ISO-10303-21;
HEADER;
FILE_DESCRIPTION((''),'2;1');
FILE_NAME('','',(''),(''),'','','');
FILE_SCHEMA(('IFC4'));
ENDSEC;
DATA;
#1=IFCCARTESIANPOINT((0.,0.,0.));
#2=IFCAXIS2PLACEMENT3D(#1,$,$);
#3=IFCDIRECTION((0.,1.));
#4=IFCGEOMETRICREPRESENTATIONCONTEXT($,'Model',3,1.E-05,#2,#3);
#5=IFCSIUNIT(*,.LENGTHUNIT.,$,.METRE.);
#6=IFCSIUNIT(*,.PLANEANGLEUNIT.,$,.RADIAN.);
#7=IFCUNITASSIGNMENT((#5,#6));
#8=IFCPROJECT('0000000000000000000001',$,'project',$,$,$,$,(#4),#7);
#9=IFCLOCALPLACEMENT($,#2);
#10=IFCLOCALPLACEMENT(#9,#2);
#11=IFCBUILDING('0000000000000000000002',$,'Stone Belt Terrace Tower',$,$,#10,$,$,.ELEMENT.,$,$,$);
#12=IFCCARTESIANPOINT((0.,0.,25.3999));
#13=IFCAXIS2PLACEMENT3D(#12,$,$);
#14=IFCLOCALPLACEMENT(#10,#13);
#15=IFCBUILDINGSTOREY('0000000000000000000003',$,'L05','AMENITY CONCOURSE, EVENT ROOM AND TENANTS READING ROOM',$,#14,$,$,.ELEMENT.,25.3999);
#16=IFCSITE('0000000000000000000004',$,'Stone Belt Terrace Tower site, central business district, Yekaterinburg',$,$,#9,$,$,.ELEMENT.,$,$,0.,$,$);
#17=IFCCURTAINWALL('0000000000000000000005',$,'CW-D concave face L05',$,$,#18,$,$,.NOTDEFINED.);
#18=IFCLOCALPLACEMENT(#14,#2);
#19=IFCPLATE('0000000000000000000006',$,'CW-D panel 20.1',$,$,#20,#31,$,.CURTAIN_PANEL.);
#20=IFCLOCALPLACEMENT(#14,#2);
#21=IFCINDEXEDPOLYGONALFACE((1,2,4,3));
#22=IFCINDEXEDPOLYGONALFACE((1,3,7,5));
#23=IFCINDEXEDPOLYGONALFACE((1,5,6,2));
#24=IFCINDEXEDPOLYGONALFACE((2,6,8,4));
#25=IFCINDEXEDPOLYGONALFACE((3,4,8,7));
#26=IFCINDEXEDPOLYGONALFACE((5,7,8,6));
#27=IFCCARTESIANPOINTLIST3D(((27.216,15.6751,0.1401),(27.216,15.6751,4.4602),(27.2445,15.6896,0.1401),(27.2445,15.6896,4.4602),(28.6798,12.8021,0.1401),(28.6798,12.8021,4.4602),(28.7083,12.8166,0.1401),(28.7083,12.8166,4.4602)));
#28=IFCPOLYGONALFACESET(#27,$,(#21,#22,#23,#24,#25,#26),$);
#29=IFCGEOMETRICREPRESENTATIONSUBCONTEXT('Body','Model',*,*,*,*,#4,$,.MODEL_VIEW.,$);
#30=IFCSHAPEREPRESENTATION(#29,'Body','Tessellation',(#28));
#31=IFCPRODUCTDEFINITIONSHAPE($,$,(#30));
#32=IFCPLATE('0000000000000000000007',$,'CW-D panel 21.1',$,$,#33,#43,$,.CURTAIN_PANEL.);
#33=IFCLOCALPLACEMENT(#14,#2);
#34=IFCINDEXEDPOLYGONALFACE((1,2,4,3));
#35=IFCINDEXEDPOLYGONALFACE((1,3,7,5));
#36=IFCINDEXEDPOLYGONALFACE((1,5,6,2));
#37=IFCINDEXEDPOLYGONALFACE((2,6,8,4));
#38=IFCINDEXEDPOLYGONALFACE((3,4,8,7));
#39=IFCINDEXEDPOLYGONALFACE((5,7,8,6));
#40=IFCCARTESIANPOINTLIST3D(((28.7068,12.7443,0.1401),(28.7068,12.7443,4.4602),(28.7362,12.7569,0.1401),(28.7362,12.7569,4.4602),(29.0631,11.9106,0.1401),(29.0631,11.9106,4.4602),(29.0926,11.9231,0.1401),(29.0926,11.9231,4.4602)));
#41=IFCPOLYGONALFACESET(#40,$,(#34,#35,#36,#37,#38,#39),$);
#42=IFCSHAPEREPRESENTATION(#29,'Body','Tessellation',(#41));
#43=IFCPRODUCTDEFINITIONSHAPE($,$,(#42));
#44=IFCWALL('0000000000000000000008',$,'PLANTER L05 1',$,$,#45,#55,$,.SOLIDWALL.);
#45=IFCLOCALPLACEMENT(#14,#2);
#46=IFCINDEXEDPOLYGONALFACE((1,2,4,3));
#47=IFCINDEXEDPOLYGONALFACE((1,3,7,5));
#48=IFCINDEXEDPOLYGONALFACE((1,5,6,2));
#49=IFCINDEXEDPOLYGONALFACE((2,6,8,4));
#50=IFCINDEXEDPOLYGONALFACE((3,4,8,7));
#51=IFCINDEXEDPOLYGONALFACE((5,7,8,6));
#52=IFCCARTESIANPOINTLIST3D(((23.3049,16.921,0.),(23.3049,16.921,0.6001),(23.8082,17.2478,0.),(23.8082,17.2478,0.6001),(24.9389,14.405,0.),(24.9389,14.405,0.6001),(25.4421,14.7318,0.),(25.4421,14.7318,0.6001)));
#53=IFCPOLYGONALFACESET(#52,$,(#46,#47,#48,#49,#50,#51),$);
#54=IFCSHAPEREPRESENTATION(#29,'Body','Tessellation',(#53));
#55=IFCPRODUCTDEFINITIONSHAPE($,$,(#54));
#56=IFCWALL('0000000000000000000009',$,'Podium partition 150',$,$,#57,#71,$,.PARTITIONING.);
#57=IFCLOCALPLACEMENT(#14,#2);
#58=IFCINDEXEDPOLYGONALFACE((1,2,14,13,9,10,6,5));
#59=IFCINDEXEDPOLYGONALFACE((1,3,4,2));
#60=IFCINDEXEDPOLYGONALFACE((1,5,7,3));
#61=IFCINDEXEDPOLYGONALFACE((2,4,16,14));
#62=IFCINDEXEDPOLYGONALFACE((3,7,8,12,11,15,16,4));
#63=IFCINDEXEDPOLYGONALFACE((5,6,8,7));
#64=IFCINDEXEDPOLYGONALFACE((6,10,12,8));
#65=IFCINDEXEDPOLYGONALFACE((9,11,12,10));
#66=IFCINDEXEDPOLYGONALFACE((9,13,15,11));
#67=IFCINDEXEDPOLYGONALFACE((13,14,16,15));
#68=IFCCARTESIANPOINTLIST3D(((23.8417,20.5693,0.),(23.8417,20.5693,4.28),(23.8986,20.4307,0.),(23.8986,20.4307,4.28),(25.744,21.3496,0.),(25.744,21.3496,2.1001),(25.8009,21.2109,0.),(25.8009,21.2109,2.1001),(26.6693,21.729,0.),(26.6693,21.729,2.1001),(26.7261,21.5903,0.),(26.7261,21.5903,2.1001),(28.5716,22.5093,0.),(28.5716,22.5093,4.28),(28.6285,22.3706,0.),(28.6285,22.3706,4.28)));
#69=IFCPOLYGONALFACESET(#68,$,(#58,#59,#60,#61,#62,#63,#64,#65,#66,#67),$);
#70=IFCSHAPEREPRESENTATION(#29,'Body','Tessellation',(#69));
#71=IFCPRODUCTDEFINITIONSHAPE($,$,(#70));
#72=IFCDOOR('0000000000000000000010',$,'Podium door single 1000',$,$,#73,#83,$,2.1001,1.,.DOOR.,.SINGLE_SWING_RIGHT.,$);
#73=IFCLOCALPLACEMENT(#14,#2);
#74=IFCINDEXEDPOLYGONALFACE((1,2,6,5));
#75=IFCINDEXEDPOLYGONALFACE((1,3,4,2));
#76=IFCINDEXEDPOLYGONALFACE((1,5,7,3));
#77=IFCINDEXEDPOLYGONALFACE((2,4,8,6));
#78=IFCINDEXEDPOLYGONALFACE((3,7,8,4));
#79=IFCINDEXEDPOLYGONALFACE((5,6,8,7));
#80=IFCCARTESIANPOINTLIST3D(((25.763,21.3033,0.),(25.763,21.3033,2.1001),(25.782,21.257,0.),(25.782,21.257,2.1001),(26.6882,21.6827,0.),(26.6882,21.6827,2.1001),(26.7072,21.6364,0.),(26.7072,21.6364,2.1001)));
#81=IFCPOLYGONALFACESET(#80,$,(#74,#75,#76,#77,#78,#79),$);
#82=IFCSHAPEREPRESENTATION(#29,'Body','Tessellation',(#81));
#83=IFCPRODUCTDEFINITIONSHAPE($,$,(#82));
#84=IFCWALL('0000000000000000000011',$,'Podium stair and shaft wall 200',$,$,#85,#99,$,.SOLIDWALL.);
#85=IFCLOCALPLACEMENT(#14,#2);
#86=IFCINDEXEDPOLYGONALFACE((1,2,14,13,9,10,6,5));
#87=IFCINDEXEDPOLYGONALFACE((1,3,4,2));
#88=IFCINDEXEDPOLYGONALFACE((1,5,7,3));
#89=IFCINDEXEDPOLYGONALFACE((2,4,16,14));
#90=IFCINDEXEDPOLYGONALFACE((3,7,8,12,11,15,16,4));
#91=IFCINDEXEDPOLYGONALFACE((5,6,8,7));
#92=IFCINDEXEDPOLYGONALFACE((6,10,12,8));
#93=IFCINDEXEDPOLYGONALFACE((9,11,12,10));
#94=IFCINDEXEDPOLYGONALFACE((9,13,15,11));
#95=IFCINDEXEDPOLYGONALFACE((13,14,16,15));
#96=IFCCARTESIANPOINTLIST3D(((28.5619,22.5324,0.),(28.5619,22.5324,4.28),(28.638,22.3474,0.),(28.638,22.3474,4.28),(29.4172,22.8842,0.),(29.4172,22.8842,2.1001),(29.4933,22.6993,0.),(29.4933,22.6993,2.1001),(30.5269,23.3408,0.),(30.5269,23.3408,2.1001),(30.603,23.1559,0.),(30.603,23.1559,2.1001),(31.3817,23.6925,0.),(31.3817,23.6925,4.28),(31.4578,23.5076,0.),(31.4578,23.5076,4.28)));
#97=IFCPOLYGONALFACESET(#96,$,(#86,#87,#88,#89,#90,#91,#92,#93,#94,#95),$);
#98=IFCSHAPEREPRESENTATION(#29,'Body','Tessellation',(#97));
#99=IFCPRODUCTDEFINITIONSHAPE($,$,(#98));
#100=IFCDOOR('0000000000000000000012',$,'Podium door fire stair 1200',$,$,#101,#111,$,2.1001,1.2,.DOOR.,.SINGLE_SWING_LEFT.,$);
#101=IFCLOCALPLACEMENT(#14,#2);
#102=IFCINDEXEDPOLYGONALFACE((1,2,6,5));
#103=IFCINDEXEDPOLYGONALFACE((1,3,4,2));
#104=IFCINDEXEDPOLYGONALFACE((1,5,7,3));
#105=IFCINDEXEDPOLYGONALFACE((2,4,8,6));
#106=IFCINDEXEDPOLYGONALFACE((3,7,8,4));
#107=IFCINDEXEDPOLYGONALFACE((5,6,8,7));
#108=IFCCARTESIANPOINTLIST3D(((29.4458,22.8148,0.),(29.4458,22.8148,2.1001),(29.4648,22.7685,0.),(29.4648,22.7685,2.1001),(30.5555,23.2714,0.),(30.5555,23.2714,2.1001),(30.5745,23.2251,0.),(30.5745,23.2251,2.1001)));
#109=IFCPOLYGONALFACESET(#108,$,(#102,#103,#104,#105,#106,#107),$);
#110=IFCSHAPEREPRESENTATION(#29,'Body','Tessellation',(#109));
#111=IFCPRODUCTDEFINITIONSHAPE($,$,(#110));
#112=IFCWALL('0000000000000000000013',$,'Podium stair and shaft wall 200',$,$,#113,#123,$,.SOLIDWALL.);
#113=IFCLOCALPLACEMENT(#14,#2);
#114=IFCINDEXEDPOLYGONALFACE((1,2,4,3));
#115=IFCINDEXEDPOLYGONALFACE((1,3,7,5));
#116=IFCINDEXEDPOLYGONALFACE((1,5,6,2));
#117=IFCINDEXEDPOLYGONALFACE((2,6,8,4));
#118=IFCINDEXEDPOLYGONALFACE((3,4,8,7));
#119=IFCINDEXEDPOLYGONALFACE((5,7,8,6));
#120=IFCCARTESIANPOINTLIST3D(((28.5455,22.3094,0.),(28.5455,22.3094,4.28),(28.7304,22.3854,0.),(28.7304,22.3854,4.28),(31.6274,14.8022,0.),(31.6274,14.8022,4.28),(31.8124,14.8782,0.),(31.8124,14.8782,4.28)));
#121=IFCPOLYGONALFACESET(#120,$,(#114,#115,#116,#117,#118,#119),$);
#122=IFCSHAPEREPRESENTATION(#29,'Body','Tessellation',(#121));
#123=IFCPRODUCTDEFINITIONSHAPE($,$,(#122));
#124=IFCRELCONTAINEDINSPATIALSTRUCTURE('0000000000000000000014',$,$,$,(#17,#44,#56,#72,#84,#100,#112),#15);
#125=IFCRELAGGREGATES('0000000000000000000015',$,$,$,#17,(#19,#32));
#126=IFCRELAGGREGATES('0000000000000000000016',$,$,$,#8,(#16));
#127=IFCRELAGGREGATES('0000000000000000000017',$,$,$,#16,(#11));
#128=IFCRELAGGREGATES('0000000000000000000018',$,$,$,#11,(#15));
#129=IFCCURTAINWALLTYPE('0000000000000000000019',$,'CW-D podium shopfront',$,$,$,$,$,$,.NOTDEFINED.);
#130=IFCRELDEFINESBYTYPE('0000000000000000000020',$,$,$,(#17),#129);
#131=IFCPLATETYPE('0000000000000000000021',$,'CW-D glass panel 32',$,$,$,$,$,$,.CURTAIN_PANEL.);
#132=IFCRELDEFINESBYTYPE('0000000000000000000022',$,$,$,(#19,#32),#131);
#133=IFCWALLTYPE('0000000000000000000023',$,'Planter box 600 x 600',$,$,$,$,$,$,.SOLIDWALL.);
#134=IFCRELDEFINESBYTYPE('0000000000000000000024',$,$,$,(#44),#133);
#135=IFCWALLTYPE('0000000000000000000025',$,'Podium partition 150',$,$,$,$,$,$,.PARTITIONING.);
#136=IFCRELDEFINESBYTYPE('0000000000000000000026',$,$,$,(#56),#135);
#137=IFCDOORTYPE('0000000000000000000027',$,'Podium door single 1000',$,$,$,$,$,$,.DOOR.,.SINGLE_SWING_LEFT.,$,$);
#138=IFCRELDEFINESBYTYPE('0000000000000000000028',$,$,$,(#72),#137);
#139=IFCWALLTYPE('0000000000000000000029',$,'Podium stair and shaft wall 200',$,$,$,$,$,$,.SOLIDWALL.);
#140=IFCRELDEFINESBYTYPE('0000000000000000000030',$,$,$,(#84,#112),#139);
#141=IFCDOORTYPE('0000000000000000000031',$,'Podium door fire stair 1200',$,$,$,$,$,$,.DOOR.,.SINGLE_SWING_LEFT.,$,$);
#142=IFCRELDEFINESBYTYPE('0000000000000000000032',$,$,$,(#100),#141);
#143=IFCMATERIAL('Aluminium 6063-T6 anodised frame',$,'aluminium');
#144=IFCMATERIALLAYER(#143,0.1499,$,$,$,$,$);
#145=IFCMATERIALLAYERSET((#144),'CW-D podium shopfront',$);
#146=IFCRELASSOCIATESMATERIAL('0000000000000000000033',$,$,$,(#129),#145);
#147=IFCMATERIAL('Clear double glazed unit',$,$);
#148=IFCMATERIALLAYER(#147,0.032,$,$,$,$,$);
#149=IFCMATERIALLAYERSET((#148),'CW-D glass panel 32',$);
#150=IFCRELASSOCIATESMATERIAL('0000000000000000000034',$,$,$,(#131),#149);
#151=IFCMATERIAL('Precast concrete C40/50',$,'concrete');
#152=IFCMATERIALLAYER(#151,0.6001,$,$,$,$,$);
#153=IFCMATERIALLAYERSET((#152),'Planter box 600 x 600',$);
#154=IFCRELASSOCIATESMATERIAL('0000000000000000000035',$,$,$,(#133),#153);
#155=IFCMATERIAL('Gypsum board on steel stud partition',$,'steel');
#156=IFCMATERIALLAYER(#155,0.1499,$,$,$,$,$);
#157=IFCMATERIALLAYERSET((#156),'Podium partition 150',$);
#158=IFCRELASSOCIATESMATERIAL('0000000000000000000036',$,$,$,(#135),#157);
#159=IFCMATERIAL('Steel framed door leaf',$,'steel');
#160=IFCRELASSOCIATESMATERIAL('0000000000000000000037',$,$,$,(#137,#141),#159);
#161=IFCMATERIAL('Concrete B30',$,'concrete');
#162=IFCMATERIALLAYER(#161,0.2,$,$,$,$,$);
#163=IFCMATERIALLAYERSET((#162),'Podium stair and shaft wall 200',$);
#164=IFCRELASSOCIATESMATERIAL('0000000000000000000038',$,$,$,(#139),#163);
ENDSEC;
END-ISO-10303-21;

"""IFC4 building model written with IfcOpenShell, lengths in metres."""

from ifc_helpers import new_model, si_unit, direction, frame, frame_2d, origin, origin_2d, place, context, subcontext, project, spatial, rectangle, extrude, material, layer, layer_set, type_object, element, fill, aggregate, save


model = new_model("IFC4")

# Units and contexts
model_context = context("Model", 3, precision=1e-05, world=origin(), true_north=direction((0.0, 1.0)))
body_context = subcontext(model_context, "Body", "Model", "MODEL_VIEW")
ifc_project = project(units=[si_unit("LENGTHUNIT", "METRE"), si_unit("PLANEANGLEUNIT", "RADIAN")], contexts=[model_context])

# Site, building, storey
site_placement = place(None, origin())
site = spatial("IfcSite", under=ifc_project, at=site_placement, Name="Stone Belt Terrace Tower site, central business district, Yekaterinburg", CompositionType="ELEMENT", RefElevation=0.0)
building_placement = place(site_placement, origin())
building = spatial("IfcBuilding", under=site, at=building_placement, Name="Stone Belt Terrace Tower", CompositionType="ELEMENT")
storey_placement = place(building_placement, frame((0.0, 0.0, 25.3999)))
storey = spatial("IfcBuildingStorey", under=building, at=storey_placement, Name="L05", Description="AMENITY CONCOURSE, EVENT ROOM AND TENANTS READING ROOM", CompositionType="ELEMENT", Elevation=25.3999)

# Curtain wall
ifc_material_1 = material(Name="Aluminium 6063-T6 anodised frame", Category="aluminium")
ifc_layer_1 = layer(ifc_material_1, 0.1499)
ifc_layer_set_1 = layer_set([ifc_layer_1], Name="CW-D podium shopfront")
curtain_wall_type = type_object("IfcCurtainWallType", Name="CW-D podium shopfront", PredefinedType="NOTDEFINED", material=ifc_layer_set_1)
curtain_wall_1_placement = place(storey_placement, origin())
curtain_wall_1 = element("IfcCurtainWall", 1, at=curtain_wall_1_placement, inside=storey, type_object=curtain_wall_type, Name="CW-D concave face L05", PredefinedType="NOTDEFINED")

# Plates
ifc_material_2 = material(Name="Clear double glazed unit")
ifc_layer_2 = layer(ifc_material_2, 0.032)
ifc_layer_set_2 = layer_set([ifc_layer_2], Name="CW-D glass panel 32")
plate_type = type_object("IfcPlateType", Name="CW-D glass panel 32", PredefinedType="CURTAIN_PANEL", material=ifc_layer_set_2)
plate_1_placement = place(storey_placement, frame((27.9622, 14.2458, 0.1401), z_axis=(0.0, 0.0, 1.0), x_axis=(0.45399, -0.891007, 0.0)))
plate_1 = element("IfcPlate", 2, at=plate_1_placement, type_object=plate_type, Name="CW-D panel 20.1", PredefinedType="CURTAIN_PANEL", context=body_context, shape_type="SweptSolid", body=[
    extrude(rectangle(XDim=3.2244, YDim=0.032, at=origin_2d()), origin(), (0.0, 0.0, 1.0), 4.3201),
])
plate_2_placement = place(storey_placement, frame((28.8997, 12.3337, 0.1401), z_axis=(0.0, 0.0, 1.0), x_axis=(0.393034, -0.919524, 0.0)))
plate_2 = element("IfcPlate", 3, at=plate_2_placement, type_object=plate_type, Name="CW-D panel 21.1", PredefinedType="CURTAIN_PANEL", context=body_context, shape_type="SweptSolid", body=[
    extrude(rectangle(XDim=0.9067, YDim=0.032, at=origin_2d()), origin(), (0.0, 0.0, 1.0), 4.3201),
])
aggregate(curtain_wall_1, [plate_1, plate_2])

# Wall
ifc_material_3 = material(Name="Precast concrete C40/50", Category="concrete")
ifc_layer_3 = layer(ifc_material_3, 0.6001)
ifc_layer_set_3 = layer_set([ifc_layer_3], Name="Planter box 600 x 600")
wall_type_1 = type_object("IfcWallType", Name="Planter box 600 x 600", PredefinedType="SOLIDWALL", material=ifc_layer_set_3)
wall_1_placement = place(storey_placement, frame((24.3735, 15.8264, 0.0), z_axis=(0.0, 0.0, 1.0), x_axis=(0.544639, -0.838671, 0.0)))
element("IfcWall", 4, at=wall_1_placement, inside=storey, type_object=wall_type_1, Name="PLANTER L05 1", PredefinedType="SOLIDWALL", context=body_context, shape_type="SweptSolid", body=[
    extrude(rectangle(XDim=3.0, YDim=0.6001, at=origin_2d()), origin(), (0.0, 0.0, 1.0), 0.6001),
])

# Walls, openings, doors
ifc_material_4 = material(Name="Gypsum board on steel stud partition", Category="steel")
ifc_layer_4 = layer(ifc_material_4, 0.1499)
ifc_layer_set_4 = layer_set([ifc_layer_4], Name="Podium partition 150")
wall_type_2 = type_object("IfcWallType", Name="Podium partition 150", PredefinedType="PARTITIONING", material=ifc_layer_set_4)
wall_2_placement = place(storey_placement, frame((23.8701, 20.5, 0.0), z_axis=(0.0, 0.0, 1.0), x_axis=(0.925207, 0.379462, 0.0)))
wall_2 = element("IfcWall", 5, at=wall_2_placement, inside=storey, type_object=wall_type_2, Name="Podium partition 150", PredefinedType="PARTITIONING", context=body_context, shape_type="SweptSolid", body=[
    extrude(rectangle(XDim=5.1123, YDim=0.1499, at=frame_2d((2.5562, 0.0))), origin(), (0.0, 0.0, 1.0), 4.28),
])
opening_1_placement = place(wall_2_placement, frame((2.0562, 0.0, 0.0)))
opening_1 = element("IfcOpeningElement", 6, at=opening_1_placement, cuts=wall_2, PredefinedType="OPENING", context=body_context, shape_type="SweptSolid", body=[
    extrude(rectangle(XDim=1.0, YDim=2.1001, at=frame_2d((0.5, 1.05))), frame((0.0, 0.085, 0.0), z_axis=(0.0, -1.0, 0.0), x_axis=(1.0, 0.0, 0.0)), (0.0, 0.0, 1.0), 0.1699),
])
ifc_material_5 = material(Name="Steel framed door leaf", Category="steel")
door_type_1 = type_object("IfcDoorType", Name="Podium door single 1000", OperationType="SINGLE_SWING_LEFT", PredefinedType="DOOR", material=ifc_material_5)
door_1_placement = place(opening_1_placement, origin())
door_1 = element("IfcDoor", 7, at=door_1_placement, inside=storey, type_object=door_type_1, Name="Podium door single 1000", OperationType="SINGLE_SWING_RIGHT", OverallHeight=2.1001, OverallWidth=1.0, PredefinedType="DOOR", context=body_context, shape_type="SweptSolid", body=[
    extrude(rectangle(XDim=1.0, YDim=2.1001, at=frame_2d((0.5, 1.05))), frame((0.0, 0.0249, 0.0), z_axis=(0.0, -1.0, 0.0), x_axis=(1.0, 0.0, 0.0)), (0.0, 0.0, 1.0), 0.05),
])
fill(opening_1, door_1)
ifc_material_6 = material(Name="Concrete B30", Category="concrete")
ifc_layer_5 = layer(ifc_material_6, 0.2)
ifc_layer_set_5 = layer_set([ifc_layer_5], Name="Podium stair and shaft wall 200")
wall_type_3 = type_object("IfcWallType", Name="Podium stair and shaft wall 200", PredefinedType="SOLIDWALL", material=ifc_layer_set_5)
wall_3_placement = place(storey_placement, frame((28.6001, 22.4399, 0.0), z_axis=(0.0, 0.0, 1.0), x_axis=(0.924788, 0.380484, 0.0)))
wall_3 = element("IfcWall", 8, at=wall_3_placement, inside=storey, type_object=wall_type_3, Name="Podium stair and shaft wall 200", PredefinedType="SOLIDWALL", context=body_context, shape_type="SweptSolid", body=[
    extrude(rectangle(XDim=3.0491, YDim=0.2, at=frame_2d((1.5244, 0.0))), origin(), (0.0, 0.0, 1.0), 4.28),
])
opening_2_placement = place(wall_3_placement, frame((0.9246, 0.0, 0.0)))
opening_2 = element("IfcOpeningElement", 9, at=opening_2_placement, cuts=wall_3, PredefinedType="OPENING", context=body_context, shape_type="SweptSolid", body=[
    extrude(rectangle(XDim=1.2, YDim=2.1001, at=frame_2d((0.6001, 1.05))), frame((0.0, 0.1099, 0.0), z_axis=(0.0, -1.0, 0.0), x_axis=(1.0, 0.0, 0.0)), (0.0, 0.0, 1.0), 0.22),
])
door_type_2 = type_object("IfcDoorType", Name="Podium door fire stair 1200", OperationType="SINGLE_SWING_LEFT", PredefinedType="DOOR", material=ifc_material_5)
door_2_placement = place(opening_2_placement, origin())
door_2 = element("IfcDoor", 10, at=door_2_placement, inside=storey, type_object=door_type_2, Name="Podium door fire stair 1200", OperationType="SINGLE_SWING_LEFT", OverallHeight=2.1001, OverallWidth=1.2, PredefinedType="DOOR", context=body_context, shape_type="SweptSolid", body=[
    extrude(rectangle(XDim=1.2, YDim=2.1001, at=frame_2d((0.6001, 1.05))), frame((0.0, 0.0249, 0.0), z_axis=(0.0, -1.0, 0.0), x_axis=(1.0, 0.0, 0.0)), (0.0, 0.0, 1.0), 0.05),
])
fill(opening_2, door_2)

# Wall
wall_4_placement = place(storey_placement, frame((28.6379, 22.3474, 0.0), z_axis=(0.0, 0.0, 1.0), x_axis=(0.379778, -0.925078, 0.0)))
element("IfcWall", 11, at=wall_4_placement, inside=storey, type_object=wall_type_3, Name="Podium stair and shaft wall 200", PredefinedType="SOLIDWALL", context=body_context, shape_type="SweptSolid", body=[
    extrude(rectangle(XDim=8.1152, YDim=0.2, at=frame_2d((4.0576, 0.0))), origin(), (0.0, 0.0, 1.0), 4.28),
])

save(model, "model.ifc")
